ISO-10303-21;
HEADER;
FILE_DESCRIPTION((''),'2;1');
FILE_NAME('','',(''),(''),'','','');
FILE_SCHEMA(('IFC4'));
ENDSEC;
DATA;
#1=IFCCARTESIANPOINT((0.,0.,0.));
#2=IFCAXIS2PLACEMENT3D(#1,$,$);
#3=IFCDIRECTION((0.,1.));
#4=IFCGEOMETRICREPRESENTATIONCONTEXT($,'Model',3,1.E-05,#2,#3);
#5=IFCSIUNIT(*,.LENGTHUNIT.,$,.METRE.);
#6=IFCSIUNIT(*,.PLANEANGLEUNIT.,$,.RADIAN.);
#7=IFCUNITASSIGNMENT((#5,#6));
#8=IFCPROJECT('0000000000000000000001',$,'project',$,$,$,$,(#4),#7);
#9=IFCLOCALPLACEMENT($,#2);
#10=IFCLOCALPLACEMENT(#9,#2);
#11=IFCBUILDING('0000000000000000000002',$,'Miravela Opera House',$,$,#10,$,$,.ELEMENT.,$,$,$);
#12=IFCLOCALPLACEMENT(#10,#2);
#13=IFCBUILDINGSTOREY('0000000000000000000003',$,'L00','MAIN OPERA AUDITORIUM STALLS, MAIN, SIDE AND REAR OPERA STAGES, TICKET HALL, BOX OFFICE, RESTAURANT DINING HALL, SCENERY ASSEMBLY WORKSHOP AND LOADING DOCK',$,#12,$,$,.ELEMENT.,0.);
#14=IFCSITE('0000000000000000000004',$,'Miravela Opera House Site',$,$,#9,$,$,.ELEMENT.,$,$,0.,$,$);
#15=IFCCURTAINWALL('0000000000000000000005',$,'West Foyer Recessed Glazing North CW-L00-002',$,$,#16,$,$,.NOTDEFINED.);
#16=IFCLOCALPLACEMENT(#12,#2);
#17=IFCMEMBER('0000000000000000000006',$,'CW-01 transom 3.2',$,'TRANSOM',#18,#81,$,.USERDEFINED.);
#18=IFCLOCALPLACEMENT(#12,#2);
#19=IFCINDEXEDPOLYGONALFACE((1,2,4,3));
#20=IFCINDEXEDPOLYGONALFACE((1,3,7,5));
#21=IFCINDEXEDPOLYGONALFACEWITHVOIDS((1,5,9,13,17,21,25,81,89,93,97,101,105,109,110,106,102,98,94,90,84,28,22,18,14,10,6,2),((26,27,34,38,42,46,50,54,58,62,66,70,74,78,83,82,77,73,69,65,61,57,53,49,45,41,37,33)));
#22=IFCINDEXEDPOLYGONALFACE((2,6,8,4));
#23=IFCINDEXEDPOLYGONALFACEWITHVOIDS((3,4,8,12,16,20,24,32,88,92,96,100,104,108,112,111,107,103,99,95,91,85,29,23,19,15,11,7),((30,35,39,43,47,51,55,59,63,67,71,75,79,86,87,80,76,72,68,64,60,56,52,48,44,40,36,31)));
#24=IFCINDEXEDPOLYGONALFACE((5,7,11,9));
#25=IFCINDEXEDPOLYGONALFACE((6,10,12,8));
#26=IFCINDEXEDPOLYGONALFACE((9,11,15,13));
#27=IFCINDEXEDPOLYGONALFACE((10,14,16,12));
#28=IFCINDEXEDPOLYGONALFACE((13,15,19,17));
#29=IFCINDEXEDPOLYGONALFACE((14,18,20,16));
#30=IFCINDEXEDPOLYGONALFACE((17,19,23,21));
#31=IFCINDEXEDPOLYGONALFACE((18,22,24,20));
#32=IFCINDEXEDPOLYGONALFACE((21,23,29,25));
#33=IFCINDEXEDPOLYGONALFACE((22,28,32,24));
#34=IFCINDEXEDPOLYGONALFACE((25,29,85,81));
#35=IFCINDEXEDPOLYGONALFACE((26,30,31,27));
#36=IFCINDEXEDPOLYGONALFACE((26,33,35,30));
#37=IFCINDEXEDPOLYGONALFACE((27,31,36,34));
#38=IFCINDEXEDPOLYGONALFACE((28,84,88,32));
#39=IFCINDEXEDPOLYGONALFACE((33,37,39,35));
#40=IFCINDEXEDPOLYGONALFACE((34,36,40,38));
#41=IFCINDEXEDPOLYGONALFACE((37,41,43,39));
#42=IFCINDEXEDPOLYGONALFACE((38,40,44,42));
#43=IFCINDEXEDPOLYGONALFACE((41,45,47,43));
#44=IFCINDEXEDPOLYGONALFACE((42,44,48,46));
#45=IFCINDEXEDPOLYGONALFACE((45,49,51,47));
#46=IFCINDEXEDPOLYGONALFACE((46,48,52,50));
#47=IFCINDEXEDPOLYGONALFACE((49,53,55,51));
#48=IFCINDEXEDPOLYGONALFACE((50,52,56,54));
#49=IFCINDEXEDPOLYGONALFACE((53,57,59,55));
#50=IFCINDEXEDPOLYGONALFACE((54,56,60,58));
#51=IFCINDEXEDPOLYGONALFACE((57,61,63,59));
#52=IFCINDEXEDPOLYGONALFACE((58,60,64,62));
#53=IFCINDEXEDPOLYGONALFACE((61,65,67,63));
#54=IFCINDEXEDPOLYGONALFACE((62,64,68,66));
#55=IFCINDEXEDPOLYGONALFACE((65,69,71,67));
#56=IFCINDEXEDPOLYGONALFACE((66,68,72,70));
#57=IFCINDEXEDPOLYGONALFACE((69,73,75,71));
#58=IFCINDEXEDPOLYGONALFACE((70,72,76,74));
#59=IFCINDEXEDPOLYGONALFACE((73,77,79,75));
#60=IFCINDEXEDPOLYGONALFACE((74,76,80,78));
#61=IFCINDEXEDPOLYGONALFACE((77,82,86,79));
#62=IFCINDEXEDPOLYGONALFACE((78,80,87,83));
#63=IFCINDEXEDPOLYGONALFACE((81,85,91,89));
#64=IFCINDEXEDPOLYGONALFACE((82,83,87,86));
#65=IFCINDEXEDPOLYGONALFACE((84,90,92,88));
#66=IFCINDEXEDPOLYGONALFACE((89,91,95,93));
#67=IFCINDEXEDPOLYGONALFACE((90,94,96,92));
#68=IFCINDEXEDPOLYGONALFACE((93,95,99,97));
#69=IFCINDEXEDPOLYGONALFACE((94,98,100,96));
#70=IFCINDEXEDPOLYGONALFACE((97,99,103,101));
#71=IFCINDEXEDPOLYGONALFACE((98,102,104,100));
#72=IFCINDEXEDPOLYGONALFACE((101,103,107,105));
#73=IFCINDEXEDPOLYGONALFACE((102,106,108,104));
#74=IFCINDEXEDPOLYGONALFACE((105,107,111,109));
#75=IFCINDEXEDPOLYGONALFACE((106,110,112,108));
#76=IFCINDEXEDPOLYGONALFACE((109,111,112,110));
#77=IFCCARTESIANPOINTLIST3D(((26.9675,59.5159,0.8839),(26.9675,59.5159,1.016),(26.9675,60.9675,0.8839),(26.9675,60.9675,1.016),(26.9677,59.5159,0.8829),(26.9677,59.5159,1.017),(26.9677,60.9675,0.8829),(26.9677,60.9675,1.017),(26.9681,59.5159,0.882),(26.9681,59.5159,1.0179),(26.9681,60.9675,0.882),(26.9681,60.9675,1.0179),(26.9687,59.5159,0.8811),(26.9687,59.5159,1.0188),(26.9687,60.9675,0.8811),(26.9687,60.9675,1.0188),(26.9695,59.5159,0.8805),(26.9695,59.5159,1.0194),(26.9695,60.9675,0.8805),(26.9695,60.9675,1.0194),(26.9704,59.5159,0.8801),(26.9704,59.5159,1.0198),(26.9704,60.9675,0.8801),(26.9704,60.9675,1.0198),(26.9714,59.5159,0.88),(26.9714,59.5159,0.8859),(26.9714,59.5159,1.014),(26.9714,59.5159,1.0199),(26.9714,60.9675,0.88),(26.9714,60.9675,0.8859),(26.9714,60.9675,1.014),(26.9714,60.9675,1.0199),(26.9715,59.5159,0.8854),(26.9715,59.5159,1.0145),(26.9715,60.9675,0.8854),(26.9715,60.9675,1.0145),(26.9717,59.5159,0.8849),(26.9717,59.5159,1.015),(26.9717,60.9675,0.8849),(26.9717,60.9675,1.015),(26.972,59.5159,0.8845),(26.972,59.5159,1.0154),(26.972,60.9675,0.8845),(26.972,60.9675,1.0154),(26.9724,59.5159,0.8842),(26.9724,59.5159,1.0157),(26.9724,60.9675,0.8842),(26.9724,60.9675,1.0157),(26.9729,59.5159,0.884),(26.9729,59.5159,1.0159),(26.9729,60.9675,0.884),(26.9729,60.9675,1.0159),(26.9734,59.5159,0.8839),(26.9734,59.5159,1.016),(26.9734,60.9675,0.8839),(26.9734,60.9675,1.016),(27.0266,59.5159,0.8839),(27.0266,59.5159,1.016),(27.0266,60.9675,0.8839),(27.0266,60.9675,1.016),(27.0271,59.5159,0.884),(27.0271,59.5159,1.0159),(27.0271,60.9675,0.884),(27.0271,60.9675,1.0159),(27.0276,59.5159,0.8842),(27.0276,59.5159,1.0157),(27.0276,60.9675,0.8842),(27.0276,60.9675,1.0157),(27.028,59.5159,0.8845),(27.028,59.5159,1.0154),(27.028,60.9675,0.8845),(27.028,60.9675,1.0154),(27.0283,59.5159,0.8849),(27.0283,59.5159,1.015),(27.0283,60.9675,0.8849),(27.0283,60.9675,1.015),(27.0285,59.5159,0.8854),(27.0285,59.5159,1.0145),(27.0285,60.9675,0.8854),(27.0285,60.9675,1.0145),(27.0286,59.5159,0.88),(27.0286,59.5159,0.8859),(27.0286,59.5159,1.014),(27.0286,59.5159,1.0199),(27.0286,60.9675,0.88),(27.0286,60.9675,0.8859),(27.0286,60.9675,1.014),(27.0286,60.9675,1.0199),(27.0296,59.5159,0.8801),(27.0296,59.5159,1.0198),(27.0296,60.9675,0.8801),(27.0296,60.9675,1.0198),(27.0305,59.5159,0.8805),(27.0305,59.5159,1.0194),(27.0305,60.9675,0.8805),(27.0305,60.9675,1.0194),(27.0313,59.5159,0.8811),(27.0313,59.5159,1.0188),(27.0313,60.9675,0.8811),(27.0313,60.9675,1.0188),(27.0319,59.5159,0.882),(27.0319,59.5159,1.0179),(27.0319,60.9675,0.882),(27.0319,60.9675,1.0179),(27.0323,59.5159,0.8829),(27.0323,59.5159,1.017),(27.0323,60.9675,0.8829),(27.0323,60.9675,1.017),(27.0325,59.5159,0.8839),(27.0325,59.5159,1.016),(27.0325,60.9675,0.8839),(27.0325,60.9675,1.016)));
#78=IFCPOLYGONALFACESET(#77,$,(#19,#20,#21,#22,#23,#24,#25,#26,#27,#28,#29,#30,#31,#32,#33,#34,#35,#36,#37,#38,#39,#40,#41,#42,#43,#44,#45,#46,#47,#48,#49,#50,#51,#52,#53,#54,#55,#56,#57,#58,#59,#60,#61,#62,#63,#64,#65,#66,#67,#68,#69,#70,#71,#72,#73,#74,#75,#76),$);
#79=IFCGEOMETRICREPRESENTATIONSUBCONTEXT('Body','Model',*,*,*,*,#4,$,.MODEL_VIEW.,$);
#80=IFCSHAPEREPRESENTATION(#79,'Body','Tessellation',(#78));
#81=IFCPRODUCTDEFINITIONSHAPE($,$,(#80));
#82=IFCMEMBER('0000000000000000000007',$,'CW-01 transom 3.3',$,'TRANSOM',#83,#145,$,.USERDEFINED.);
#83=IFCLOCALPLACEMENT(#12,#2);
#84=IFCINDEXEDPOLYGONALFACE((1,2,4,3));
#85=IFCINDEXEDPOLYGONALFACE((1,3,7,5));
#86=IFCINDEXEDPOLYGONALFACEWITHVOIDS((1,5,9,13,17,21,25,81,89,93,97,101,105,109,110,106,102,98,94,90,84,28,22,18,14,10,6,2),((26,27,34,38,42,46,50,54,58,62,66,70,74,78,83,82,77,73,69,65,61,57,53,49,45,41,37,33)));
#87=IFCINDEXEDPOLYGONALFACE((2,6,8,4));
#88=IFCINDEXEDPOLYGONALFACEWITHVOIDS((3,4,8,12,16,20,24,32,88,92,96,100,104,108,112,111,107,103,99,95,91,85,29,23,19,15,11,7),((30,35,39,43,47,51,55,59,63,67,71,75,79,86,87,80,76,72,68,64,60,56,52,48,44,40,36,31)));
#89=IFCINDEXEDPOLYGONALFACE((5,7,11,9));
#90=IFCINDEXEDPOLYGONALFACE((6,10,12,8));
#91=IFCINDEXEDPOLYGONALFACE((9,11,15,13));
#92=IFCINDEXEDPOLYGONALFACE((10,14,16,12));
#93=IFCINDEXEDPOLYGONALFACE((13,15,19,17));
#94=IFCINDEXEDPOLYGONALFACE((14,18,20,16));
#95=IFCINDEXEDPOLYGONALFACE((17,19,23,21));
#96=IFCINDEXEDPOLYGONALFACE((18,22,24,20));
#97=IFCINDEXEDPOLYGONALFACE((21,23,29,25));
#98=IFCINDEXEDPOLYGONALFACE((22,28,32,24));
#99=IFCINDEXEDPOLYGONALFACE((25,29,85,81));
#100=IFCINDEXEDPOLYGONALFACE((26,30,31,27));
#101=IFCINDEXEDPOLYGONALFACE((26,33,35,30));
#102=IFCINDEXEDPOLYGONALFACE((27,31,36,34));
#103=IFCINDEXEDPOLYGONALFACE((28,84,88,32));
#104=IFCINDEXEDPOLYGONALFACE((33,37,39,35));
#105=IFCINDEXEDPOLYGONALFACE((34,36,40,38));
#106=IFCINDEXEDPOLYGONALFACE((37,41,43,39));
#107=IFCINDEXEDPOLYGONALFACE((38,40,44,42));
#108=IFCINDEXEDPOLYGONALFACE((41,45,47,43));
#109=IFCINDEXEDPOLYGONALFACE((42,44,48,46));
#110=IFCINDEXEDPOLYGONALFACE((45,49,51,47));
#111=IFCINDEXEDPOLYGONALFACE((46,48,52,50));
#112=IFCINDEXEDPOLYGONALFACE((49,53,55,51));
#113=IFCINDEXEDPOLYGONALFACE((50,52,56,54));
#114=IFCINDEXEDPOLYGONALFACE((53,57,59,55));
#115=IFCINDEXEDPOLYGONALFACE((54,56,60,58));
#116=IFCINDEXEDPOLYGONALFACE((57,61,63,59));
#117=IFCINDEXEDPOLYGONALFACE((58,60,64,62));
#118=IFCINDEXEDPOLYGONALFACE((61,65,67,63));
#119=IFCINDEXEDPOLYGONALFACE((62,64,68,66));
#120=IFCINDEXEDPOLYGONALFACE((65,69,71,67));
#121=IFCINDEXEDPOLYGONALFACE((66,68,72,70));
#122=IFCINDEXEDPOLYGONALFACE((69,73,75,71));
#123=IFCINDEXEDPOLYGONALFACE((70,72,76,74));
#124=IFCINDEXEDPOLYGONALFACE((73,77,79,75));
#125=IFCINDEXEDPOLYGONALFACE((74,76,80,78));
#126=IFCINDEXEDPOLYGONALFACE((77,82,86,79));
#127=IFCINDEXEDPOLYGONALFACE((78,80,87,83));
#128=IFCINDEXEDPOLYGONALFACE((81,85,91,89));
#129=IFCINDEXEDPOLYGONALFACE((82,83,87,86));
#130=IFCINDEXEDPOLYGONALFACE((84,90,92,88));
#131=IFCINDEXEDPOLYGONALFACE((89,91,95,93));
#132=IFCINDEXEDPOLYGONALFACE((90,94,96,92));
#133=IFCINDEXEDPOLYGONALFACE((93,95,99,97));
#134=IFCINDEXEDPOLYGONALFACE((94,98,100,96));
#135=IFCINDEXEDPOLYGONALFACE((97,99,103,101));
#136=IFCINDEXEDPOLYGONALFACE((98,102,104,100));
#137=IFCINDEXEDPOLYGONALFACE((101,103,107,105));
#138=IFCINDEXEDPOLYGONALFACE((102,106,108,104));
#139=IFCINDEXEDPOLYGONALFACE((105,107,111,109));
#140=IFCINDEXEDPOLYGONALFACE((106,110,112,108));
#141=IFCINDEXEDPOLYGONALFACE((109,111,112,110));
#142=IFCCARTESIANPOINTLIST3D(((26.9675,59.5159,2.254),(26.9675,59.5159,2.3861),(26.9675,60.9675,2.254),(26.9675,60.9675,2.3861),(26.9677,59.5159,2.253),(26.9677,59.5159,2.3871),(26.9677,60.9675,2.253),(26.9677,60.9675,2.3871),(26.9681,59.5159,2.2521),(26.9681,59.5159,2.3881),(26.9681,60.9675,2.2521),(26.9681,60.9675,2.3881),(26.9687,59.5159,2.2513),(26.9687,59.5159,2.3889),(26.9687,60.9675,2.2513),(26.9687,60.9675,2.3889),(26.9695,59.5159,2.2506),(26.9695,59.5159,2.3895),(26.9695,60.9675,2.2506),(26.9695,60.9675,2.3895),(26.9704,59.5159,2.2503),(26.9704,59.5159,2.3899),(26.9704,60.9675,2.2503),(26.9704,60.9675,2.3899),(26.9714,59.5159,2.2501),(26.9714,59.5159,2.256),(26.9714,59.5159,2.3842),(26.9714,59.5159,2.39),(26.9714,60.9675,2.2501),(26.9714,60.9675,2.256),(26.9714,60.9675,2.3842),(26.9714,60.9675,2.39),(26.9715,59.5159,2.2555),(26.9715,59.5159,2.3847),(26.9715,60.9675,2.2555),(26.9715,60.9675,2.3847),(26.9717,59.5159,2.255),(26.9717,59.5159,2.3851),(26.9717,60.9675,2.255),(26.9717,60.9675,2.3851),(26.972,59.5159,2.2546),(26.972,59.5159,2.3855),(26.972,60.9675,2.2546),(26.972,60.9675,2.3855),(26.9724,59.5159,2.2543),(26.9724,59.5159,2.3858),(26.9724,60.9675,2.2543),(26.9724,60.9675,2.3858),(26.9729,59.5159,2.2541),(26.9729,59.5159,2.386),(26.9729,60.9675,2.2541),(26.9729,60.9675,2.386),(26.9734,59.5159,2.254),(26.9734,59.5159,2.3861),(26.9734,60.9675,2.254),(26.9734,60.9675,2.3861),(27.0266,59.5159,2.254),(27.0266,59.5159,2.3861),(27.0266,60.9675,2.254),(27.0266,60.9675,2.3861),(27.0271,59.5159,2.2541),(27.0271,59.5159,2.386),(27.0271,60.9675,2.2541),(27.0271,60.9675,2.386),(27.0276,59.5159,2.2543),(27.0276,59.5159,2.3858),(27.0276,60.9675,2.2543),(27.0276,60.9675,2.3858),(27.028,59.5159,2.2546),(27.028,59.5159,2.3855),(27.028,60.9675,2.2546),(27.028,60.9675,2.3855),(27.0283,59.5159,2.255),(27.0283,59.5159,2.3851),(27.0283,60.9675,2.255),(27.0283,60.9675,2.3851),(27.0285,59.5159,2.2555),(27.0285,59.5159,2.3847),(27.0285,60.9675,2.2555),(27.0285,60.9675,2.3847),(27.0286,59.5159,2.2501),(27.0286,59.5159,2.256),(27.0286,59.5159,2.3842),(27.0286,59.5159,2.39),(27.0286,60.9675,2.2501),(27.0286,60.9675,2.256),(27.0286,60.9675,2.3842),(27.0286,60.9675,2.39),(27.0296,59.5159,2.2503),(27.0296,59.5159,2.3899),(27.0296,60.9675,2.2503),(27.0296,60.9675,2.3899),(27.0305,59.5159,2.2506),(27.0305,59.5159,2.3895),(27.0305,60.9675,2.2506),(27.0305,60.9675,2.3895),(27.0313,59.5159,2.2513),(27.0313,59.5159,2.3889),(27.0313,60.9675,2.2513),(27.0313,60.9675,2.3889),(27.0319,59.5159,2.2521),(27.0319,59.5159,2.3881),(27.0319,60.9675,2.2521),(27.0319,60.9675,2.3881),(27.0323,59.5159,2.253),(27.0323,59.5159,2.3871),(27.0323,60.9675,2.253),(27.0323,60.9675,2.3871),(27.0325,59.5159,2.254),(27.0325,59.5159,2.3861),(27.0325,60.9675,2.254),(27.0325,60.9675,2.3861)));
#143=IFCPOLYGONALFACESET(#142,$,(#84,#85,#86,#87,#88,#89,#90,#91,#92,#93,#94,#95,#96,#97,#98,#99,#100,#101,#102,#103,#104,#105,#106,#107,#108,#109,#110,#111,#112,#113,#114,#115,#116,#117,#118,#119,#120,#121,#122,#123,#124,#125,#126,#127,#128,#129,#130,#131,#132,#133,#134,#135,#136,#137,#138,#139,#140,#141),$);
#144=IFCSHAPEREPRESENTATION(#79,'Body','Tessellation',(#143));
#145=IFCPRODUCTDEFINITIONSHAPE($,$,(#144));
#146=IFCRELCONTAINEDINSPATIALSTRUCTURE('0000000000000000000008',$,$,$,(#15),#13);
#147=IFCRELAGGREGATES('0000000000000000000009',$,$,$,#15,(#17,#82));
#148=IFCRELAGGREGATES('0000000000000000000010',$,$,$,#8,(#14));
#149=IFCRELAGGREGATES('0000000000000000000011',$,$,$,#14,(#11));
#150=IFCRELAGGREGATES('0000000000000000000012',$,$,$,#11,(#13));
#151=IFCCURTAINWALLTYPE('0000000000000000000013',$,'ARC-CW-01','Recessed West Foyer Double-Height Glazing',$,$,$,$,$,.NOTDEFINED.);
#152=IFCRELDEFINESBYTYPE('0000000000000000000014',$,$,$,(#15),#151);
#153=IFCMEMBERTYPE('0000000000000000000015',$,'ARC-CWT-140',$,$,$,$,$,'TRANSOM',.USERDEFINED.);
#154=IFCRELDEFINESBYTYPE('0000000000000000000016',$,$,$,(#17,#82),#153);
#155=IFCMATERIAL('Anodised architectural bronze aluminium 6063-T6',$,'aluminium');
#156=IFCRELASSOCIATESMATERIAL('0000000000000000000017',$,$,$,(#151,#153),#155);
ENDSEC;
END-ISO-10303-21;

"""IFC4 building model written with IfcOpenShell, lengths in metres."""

from ifc_helpers import new_model, si_unit, direction, frame, origin, origin_2d, place, context, subcontext, project, spatial, hollow_rectangle, extrude, material, material_profile, profile_set, type_object, element, aggregate, save


model = new_model("IFC4")

# Units and contexts
model_context = context("Model", 3, precision=1e-05, world=origin(), true_north=direction((0.0, 1.0)))
body_context = subcontext(model_context, "Body", "Model", "MODEL_VIEW")
ifc_project = project(units=[si_unit("LENGTHUNIT", "METRE"), si_unit("PLANEANGLEUNIT", "RADIAN")], contexts=[model_context])

# Site, building, storey
site_placement = place(None, origin())
site = spatial("IfcSite", under=ifc_project, at=site_placement, Name="Miravela Opera House Site", CompositionType="ELEMENT", RefElevation=0.0)
building_placement = place(site_placement, origin())
building = spatial("IfcBuilding", under=site, at=building_placement, Name="Miravela Opera House", CompositionType="ELEMENT")
storey_placement = place(building_placement, origin())
storey = spatial("IfcBuildingStorey", under=building, at=storey_placement, Name="L00", Description="MAIN OPERA AUDITORIUM STALLS, MAIN, SIDE AND REAR OPERA STAGES, TICKET HALL, BOX OFFICE, RESTAURANT DINING HALL, SCENERY ASSEMBLY WORKSHOP AND LOADING DOCK", CompositionType="ELEMENT", Elevation=0.0)

# Curtain wall, members
ifc_material_1 = material(Name="Anodised architectural bronze aluminium 6063-T6", Category="aluminium")
curtain_wall_type = type_object("IfcCurtainWallType", Name="ARC-CW-01", Description="Recessed West Foyer Double-Height Glazing", PredefinedType="NOTDEFINED", material=ifc_material_1)
curtain_wall_placement = place(storey_placement, origin())
curtain_wall = element("IfcCurtainWall", 1, at=curtain_wall_placement, inside=storey, type_object=curtain_wall_type, Name="West Foyer Recessed Glazing North CW-L00-002", PredefinedType="NOTDEFINED")
ifc_material_profile_1 = material_profile(ifc_material_1, hollow_rectangle(XDim=0.0649, YDim=0.1399, WallThickness=0.0039, InnerFilletRadius=0.002, OuterFilletRadius=0.0039, at=origin_2d()), Name="CWT-65X140")
ifc_profile_set_1 = profile_set([ifc_material_profile_1])
member_type_1 = type_object("IfcMemberType", Name="ARC-CWT-140", ElementType="TRANSOM", PredefinedType="USERDEFINED", material=ifc_profile_set_1)
member_1_placement = place(storey_placement, frame((27.0, 59.5159, 0.95), z_axis=(0.0, 1.0, 0.0), x_axis=(-1.0, 0.0, 0.0)))
member_1 = element("IfcMember", 2, at=member_1_placement, type_object=member_type_1, Name="CW-01 transom 3.2", ObjectType="TRANSOM", PredefinedType="USERDEFINED", context=body_context, shape_type="SweptSolid", body=[
    extrude(hollow_rectangle(XDim=0.0649, YDim=0.1399, WallThickness=0.0039, InnerFilletRadius=0.002, OuterFilletRadius=0.0039, at=origin_2d()), origin(), (0.0, 0.0, 1.0), 1.4517),
])
member_2_placement = place(storey_placement, frame((27.0, 59.5159, 2.3201), z_axis=(0.0, 1.0, 0.0), x_axis=(-1.0, 0.0, 0.0)))
member_2 = element("IfcMember", 3, at=member_2_placement, type_object=member_type_1, Name="CW-01 transom 3.3", ObjectType="TRANSOM", PredefinedType="USERDEFINED", context=body_context, shape_type="SweptSolid", body=[
    extrude(hollow_rectangle(XDim=0.0649, YDim=0.1399, WallThickness=0.0039, InnerFilletRadius=0.002, OuterFilletRadius=0.0039, at=origin_2d()), origin(), (0.0, 0.0, 1.0), 1.4517),
])

aggregate(curtain_wall, [member_1, member_2])

save(model, "model.ifc")
